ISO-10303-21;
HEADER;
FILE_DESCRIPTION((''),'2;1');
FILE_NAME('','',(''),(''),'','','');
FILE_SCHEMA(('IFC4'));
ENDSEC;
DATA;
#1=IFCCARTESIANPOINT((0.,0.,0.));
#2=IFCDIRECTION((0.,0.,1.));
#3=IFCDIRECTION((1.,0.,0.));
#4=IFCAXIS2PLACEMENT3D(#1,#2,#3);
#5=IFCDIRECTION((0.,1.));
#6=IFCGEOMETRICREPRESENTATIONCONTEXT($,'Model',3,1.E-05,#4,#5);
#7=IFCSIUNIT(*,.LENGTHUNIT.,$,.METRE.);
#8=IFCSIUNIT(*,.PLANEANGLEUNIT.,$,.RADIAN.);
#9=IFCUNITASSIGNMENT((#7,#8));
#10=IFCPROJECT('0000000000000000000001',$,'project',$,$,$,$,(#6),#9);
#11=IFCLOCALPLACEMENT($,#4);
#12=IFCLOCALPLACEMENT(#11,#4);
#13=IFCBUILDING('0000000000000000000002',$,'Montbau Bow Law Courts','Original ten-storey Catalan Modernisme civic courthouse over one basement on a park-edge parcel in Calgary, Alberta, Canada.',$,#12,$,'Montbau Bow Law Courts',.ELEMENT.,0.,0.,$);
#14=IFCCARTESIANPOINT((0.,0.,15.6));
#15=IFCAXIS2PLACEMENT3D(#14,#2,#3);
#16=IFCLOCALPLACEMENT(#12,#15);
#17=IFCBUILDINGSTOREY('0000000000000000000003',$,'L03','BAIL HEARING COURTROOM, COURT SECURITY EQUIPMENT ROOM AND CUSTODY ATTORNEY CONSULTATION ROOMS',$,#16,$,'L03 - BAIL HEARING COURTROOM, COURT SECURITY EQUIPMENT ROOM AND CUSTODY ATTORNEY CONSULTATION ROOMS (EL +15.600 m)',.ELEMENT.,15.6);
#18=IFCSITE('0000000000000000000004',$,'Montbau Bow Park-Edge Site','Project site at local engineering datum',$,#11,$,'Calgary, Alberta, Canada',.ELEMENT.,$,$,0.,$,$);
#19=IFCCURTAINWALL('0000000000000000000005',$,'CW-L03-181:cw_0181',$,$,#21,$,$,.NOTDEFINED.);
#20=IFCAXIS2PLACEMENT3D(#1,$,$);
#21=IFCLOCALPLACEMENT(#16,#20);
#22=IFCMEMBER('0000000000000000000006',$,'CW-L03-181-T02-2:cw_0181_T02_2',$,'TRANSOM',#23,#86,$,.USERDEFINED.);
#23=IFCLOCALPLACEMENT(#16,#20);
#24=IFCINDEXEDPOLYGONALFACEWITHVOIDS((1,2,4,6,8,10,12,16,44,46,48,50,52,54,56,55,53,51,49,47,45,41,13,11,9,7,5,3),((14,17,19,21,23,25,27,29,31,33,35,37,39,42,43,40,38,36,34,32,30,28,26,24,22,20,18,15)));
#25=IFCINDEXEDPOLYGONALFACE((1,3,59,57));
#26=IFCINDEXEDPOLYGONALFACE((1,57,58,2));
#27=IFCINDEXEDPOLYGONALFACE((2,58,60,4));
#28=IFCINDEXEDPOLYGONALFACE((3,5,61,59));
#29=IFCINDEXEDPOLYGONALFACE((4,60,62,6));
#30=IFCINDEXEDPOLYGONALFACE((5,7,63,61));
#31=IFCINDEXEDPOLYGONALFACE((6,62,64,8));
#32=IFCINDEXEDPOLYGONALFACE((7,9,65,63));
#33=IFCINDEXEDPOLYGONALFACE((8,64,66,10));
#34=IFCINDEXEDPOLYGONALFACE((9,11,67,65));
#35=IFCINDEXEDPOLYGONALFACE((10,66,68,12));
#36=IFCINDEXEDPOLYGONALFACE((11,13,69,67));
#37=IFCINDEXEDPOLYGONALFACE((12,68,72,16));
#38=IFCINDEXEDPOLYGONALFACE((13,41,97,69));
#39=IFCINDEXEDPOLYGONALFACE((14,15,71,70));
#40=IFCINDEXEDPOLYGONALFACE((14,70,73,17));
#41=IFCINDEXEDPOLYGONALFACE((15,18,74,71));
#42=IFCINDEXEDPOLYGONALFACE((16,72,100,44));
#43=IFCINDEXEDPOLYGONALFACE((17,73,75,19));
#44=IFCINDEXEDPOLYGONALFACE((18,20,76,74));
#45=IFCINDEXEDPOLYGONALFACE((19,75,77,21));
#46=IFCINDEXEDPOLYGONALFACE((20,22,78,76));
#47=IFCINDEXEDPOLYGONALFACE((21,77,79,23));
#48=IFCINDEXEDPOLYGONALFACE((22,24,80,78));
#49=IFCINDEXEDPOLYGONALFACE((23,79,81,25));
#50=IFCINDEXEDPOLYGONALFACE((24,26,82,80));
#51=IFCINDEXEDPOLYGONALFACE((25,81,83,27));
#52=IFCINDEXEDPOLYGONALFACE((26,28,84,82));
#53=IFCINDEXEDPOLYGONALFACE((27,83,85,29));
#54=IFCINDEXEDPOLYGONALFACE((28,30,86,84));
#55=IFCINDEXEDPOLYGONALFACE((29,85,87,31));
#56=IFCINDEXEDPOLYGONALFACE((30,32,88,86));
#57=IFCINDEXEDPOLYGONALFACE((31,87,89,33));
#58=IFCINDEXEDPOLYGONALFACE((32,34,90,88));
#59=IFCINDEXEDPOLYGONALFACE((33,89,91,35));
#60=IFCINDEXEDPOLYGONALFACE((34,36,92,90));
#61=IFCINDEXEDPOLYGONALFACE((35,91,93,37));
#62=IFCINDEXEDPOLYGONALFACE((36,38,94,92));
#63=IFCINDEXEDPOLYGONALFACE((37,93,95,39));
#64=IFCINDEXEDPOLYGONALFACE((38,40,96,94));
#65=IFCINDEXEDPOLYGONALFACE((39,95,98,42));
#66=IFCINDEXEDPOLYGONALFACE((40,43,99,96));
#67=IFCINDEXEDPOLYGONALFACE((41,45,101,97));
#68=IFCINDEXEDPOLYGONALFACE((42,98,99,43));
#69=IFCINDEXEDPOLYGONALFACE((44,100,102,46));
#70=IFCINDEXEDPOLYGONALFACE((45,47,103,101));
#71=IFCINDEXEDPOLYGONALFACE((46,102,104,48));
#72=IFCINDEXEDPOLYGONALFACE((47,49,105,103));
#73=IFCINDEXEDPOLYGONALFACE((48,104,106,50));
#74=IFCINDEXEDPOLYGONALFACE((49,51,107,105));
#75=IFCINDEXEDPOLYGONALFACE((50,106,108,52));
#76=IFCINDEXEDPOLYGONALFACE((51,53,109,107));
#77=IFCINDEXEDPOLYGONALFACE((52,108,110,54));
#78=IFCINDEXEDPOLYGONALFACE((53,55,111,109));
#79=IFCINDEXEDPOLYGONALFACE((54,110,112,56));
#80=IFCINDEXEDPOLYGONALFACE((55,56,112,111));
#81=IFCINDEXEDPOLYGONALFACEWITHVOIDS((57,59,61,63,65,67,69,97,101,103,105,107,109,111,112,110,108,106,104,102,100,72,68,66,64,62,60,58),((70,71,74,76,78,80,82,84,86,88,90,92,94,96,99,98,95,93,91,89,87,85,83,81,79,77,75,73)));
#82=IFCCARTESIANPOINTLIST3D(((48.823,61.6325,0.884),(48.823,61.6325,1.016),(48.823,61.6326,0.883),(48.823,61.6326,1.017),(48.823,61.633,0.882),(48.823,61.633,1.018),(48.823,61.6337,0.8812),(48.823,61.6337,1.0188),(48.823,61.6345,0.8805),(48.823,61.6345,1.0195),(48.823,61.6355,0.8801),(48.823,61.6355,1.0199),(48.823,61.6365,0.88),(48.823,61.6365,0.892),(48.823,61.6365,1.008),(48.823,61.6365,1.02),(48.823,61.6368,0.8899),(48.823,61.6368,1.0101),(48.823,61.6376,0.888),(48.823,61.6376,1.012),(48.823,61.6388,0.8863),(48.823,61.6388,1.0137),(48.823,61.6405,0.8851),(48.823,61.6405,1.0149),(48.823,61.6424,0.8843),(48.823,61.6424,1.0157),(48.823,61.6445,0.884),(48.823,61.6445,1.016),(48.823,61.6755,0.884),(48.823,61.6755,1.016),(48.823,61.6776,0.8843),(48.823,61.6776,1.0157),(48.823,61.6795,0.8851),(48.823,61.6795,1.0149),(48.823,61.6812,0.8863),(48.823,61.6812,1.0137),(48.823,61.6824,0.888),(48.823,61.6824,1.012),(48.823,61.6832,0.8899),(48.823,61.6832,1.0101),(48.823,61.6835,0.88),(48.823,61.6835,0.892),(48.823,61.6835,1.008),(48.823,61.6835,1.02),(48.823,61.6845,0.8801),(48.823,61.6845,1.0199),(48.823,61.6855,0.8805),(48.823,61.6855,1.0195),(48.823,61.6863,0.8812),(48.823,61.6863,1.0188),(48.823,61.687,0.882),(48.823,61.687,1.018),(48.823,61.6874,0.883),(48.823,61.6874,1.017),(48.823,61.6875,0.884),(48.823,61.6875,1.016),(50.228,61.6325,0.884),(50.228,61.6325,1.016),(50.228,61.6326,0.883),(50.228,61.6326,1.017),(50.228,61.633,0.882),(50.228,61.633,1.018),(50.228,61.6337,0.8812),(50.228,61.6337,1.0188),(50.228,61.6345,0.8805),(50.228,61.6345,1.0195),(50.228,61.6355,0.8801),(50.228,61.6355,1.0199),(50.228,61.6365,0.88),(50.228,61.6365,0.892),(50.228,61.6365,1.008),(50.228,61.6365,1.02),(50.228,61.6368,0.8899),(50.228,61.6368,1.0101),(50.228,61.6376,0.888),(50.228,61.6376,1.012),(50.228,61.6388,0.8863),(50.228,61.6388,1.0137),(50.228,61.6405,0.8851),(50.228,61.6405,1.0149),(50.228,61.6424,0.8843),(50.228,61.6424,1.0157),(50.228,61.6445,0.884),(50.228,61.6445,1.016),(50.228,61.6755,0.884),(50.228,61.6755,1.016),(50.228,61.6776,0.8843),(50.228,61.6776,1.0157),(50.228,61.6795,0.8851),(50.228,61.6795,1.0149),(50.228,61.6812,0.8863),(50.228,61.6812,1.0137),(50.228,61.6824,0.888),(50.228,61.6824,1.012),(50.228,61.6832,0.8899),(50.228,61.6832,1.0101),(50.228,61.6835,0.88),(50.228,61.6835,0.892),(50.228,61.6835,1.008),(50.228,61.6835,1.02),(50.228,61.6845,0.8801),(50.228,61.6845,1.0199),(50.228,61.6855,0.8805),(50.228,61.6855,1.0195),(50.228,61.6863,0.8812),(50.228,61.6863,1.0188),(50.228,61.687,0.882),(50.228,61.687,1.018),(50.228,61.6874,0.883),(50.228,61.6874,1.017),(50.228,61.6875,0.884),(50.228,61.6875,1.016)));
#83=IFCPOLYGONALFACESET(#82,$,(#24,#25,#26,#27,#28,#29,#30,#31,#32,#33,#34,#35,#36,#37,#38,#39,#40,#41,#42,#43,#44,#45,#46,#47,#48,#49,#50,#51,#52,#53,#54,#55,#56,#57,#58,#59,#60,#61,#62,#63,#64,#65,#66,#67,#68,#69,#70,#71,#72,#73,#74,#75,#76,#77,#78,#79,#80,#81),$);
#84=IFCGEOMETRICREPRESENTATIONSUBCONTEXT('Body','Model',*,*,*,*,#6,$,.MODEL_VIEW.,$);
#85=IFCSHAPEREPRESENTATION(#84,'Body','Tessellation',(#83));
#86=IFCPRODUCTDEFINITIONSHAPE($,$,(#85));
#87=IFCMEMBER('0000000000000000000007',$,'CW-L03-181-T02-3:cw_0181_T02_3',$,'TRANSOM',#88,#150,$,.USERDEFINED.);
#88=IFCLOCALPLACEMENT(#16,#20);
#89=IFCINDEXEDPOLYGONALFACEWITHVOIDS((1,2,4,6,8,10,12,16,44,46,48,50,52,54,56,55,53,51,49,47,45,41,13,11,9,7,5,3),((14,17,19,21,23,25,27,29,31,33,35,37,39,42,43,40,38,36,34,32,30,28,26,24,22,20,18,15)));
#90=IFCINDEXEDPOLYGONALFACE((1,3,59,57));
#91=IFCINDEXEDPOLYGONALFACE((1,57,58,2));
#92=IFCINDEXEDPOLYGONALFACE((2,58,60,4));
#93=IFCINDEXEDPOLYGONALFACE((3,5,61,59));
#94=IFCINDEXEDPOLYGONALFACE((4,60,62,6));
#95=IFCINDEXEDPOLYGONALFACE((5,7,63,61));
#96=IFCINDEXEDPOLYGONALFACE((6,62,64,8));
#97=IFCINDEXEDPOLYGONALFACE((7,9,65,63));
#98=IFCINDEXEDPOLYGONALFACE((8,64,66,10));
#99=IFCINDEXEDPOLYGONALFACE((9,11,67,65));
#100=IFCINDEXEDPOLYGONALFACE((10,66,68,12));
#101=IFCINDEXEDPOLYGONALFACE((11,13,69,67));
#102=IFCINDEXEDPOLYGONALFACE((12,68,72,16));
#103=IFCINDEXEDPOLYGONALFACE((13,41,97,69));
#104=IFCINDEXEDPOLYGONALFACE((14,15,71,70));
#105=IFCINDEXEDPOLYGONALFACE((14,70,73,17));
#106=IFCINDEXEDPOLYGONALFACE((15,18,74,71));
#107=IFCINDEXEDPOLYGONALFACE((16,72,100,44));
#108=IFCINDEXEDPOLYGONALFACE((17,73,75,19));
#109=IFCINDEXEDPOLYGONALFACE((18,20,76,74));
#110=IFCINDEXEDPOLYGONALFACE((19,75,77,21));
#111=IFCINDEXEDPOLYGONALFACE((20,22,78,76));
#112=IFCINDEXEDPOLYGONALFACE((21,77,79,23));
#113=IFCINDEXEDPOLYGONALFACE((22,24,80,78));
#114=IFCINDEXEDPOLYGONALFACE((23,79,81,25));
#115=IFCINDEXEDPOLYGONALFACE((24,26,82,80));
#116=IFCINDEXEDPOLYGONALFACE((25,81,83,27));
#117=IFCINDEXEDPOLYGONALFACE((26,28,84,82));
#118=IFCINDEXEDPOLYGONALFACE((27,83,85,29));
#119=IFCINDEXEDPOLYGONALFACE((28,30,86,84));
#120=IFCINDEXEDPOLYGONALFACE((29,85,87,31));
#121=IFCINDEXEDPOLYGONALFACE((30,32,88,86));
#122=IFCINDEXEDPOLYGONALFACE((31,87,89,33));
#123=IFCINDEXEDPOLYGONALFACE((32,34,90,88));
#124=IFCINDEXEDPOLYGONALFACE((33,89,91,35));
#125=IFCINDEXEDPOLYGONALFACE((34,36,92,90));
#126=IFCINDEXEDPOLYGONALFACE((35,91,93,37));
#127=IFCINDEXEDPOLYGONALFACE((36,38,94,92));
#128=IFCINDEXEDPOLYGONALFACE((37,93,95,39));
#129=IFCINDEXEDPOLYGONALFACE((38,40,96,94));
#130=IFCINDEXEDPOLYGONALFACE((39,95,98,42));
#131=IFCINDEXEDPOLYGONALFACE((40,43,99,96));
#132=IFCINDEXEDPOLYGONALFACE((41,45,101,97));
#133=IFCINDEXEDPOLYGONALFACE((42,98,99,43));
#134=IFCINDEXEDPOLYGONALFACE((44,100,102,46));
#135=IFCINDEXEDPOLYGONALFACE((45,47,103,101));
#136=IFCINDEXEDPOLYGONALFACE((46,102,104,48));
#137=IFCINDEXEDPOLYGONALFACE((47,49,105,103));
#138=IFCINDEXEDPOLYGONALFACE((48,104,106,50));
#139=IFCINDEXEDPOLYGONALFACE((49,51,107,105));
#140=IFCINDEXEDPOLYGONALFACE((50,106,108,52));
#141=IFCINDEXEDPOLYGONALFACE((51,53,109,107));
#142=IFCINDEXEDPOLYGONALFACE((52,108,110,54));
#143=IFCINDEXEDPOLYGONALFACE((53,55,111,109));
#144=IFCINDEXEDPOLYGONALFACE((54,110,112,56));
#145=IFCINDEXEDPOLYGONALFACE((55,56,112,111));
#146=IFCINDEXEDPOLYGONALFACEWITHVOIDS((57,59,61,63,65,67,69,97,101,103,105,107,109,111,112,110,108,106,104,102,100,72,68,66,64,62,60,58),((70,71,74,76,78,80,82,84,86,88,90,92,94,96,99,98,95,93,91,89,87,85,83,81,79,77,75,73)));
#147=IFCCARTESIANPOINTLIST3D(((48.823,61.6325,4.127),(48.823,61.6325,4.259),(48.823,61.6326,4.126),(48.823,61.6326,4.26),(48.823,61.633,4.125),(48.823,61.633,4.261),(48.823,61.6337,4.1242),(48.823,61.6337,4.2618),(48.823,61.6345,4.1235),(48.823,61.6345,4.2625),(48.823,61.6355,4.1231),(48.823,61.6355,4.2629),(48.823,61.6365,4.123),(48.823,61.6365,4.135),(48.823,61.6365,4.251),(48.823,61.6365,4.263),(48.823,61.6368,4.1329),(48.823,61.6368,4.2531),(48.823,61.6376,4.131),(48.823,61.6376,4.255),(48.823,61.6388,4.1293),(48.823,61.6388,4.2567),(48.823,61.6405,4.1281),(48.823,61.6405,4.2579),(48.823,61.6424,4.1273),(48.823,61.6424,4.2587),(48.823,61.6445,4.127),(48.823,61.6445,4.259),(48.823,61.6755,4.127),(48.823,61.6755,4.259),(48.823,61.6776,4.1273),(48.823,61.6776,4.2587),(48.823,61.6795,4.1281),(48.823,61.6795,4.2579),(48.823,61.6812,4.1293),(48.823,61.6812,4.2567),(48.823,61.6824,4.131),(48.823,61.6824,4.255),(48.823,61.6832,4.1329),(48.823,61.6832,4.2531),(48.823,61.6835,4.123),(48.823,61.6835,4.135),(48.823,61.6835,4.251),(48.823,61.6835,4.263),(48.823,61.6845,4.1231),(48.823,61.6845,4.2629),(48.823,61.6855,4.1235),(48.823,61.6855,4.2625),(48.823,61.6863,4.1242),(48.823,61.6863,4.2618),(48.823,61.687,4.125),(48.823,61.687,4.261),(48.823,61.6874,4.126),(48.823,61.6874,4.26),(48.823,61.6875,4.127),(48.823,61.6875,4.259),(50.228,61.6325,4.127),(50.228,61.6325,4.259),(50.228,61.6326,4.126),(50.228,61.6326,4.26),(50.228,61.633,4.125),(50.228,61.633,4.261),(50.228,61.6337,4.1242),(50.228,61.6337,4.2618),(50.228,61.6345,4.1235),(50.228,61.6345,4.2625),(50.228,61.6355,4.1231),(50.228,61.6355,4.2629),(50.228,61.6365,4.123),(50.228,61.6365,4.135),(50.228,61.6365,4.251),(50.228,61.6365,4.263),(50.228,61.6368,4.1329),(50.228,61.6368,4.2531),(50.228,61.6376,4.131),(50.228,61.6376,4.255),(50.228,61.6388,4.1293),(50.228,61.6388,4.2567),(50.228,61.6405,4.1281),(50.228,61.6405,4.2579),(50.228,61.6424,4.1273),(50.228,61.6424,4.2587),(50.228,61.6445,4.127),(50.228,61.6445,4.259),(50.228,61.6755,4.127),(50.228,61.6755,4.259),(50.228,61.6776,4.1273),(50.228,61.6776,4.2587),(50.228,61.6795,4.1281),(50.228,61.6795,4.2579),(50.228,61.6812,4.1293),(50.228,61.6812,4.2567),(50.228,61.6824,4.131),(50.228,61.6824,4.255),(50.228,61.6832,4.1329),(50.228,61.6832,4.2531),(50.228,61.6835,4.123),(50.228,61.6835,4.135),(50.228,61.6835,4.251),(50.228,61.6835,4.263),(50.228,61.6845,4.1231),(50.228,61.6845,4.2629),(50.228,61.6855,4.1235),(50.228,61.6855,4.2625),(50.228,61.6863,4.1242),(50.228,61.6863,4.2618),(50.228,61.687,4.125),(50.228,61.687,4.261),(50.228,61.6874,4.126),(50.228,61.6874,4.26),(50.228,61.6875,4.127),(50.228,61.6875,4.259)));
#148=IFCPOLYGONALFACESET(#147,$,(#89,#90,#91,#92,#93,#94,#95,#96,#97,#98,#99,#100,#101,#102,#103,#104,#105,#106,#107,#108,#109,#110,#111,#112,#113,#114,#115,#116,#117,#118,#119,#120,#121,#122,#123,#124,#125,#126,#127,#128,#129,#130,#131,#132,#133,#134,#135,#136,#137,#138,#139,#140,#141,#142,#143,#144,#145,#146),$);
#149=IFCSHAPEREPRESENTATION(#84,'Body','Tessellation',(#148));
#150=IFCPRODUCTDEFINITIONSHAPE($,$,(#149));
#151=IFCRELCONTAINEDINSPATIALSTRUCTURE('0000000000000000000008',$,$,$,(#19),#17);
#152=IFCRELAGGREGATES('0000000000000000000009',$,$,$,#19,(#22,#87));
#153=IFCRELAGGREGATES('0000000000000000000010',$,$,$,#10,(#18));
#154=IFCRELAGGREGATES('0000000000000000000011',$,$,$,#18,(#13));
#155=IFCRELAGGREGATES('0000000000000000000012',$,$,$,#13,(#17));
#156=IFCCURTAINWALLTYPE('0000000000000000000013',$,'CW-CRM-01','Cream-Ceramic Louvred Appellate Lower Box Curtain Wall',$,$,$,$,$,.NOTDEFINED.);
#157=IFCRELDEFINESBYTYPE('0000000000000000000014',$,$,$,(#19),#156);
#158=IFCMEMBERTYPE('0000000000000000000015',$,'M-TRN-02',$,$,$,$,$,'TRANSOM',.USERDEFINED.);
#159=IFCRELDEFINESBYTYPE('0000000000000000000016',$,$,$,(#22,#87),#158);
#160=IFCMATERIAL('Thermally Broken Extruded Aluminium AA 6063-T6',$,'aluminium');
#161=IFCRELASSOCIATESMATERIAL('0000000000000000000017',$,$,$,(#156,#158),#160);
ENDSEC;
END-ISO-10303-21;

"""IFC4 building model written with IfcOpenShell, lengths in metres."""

from ifc_helpers import new_model, si_unit, direction, frame, origin_with_axes, origin_2d_with_axis, place, context, subcontext, project, spatial, hollow_rectangle, extrude, material, material_profile, profile_set, type_object, element, aggregate, save


model = new_model("IFC4")

# Units and contexts
model_context = context("Model", 3, precision=1e-05, world=origin_with_axes(), true_north=direction((0.0, 1.0)))
body_context = subcontext(model_context, "Body", "Model", "MODEL_VIEW")
ifc_project = project(units=[si_unit("LENGTHUNIT", "METRE"), si_unit("PLANEANGLEUNIT", "RADIAN")], contexts=[model_context])

# Site, building, storey
site_placement = place(None, origin_with_axes())
site = spatial("IfcSite", under=ifc_project, at=site_placement, Name="Montbau Bow Park-Edge Site", Description="Project site at local engineering datum", LongName="Calgary, Alberta, Canada", CompositionType="ELEMENT", RefElevation=0.0)
building_placement = place(site_placement, origin_with_axes())
building = spatial("IfcBuilding", under=site, at=building_placement, Name="Montbau Bow Law Courts", Description="Original ten-storey Catalan Modernisme civic courthouse over one basement on a park-edge parcel in Calgary, Alberta, Canada.", LongName="Montbau Bow Law Courts", CompositionType="ELEMENT", ElevationOfRefHeight=0.0, ElevationOfTerrain=0.0)
storey_placement = place(building_placement, frame((0.0, 0.0, 15.6), z_axis=(0.0, 0.0, 1.0), x_axis=(1.0, 0.0, 0.0)))
storey = spatial("IfcBuildingStorey", under=building, at=storey_placement, Name="L03", Description="BAIL HEARING COURTROOM, COURT SECURITY EQUIPMENT ROOM AND CUSTODY ATTORNEY CONSULTATION ROOMS", LongName="L03 - BAIL HEARING COURTROOM, COURT SECURITY EQUIPMENT ROOM AND CUSTODY ATTORNEY CONSULTATION ROOMS (EL +15.600 m)", CompositionType="ELEMENT", Elevation=15.6)

# Curtain wall, members
ifc_material_1 = material(Name="Thermally Broken Extruded Aluminium AA 6063-T6", Category="aluminium")
curtain_wall_type = type_object("IfcCurtainWallType", Name="CW-CRM-01", Description="Cream-Ceramic Louvred Appellate Lower Box Curtain Wall", PredefinedType="NOTDEFINED", material=ifc_material_1)
curtain_wall_placement = place(None, frame((47.315, 61.66, 15.6), z_axis=(0.0, 0.0, 1.0), x_axis=(1.0, 0.0, 0.0)))
curtain_wall = element("IfcCurtainWall", 1, at=curtain_wall_placement, inside=storey, type_object=curtain_wall_type, Name="CW-L03-181:cw_0181", PredefinedType="NOTDEFINED")
ifc_material_profile_1 = material_profile(ifc_material_1, hollow_rectangle(XDim=0.055, YDim=0.14, WallThickness=0.004, InnerFilletRadius=0.008, OuterFilletRadius=0.004, at=origin_2d_with_axis()), Name="CWT-140X55", Category="Main", Priority=0)
ifc_profile_set_1 = profile_set([ifc_material_profile_1], Name="Thermally Broken Extruded Aluminium AA 6063-T6")
member_type_1 = type_object("IfcMemberType", Name="M-TRN-02", ElementType="TRANSOM", PredefinedType="USERDEFINED", material=ifc_profile_set_1)
member_1_placement = place(None, frame((48.823, 61.66, 16.55), z_axis=(1.0, 0.0, 0.0), x_axis=(0.0, 1.0, 0.0)))
member_1 = element("IfcMember", 2, at=member_1_placement, type_object=member_type_1, Name="CW-L03-181-T02-2:cw_0181_T02_2", ObjectType="TRANSOM", PredefinedType="USERDEFINED", context=body_context, shape_type="SweptSolid", body=[
    extrude(hollow_rectangle(XDim=0.055, YDim=0.14, WallThickness=0.004, InnerFilletRadius=0.008, OuterFilletRadius=0.004, at=origin_2d_with_axis()), origin_with_axes(), (0.0, 0.0, 1.0), 1.405),
])
member_2_placement = place(None, frame((48.823, 61.66, 19.793), z_axis=(1.0, 0.0, 0.0), x_axis=(0.0, 1.0, 0.0)))
member_2 = element("IfcMember", 3, at=member_2_placement, type_object=member_type_1, Name="CW-L03-181-T02-3:cw_0181_T02_3", ObjectType="TRANSOM", PredefinedType="USERDEFINED", context=body_context, shape_type="SweptSolid", body=[
    extrude(hollow_rectangle(XDim=0.055, YDim=0.14, WallThickness=0.004, InnerFilletRadius=0.008, OuterFilletRadius=0.004, at=origin_2d_with_axis()), origin_with_axes(), (0.0, 0.0, 1.0), 1.405),
])
aggregate(curtain_wall, [member_1, member_2])

save(model, "model.ifc")
